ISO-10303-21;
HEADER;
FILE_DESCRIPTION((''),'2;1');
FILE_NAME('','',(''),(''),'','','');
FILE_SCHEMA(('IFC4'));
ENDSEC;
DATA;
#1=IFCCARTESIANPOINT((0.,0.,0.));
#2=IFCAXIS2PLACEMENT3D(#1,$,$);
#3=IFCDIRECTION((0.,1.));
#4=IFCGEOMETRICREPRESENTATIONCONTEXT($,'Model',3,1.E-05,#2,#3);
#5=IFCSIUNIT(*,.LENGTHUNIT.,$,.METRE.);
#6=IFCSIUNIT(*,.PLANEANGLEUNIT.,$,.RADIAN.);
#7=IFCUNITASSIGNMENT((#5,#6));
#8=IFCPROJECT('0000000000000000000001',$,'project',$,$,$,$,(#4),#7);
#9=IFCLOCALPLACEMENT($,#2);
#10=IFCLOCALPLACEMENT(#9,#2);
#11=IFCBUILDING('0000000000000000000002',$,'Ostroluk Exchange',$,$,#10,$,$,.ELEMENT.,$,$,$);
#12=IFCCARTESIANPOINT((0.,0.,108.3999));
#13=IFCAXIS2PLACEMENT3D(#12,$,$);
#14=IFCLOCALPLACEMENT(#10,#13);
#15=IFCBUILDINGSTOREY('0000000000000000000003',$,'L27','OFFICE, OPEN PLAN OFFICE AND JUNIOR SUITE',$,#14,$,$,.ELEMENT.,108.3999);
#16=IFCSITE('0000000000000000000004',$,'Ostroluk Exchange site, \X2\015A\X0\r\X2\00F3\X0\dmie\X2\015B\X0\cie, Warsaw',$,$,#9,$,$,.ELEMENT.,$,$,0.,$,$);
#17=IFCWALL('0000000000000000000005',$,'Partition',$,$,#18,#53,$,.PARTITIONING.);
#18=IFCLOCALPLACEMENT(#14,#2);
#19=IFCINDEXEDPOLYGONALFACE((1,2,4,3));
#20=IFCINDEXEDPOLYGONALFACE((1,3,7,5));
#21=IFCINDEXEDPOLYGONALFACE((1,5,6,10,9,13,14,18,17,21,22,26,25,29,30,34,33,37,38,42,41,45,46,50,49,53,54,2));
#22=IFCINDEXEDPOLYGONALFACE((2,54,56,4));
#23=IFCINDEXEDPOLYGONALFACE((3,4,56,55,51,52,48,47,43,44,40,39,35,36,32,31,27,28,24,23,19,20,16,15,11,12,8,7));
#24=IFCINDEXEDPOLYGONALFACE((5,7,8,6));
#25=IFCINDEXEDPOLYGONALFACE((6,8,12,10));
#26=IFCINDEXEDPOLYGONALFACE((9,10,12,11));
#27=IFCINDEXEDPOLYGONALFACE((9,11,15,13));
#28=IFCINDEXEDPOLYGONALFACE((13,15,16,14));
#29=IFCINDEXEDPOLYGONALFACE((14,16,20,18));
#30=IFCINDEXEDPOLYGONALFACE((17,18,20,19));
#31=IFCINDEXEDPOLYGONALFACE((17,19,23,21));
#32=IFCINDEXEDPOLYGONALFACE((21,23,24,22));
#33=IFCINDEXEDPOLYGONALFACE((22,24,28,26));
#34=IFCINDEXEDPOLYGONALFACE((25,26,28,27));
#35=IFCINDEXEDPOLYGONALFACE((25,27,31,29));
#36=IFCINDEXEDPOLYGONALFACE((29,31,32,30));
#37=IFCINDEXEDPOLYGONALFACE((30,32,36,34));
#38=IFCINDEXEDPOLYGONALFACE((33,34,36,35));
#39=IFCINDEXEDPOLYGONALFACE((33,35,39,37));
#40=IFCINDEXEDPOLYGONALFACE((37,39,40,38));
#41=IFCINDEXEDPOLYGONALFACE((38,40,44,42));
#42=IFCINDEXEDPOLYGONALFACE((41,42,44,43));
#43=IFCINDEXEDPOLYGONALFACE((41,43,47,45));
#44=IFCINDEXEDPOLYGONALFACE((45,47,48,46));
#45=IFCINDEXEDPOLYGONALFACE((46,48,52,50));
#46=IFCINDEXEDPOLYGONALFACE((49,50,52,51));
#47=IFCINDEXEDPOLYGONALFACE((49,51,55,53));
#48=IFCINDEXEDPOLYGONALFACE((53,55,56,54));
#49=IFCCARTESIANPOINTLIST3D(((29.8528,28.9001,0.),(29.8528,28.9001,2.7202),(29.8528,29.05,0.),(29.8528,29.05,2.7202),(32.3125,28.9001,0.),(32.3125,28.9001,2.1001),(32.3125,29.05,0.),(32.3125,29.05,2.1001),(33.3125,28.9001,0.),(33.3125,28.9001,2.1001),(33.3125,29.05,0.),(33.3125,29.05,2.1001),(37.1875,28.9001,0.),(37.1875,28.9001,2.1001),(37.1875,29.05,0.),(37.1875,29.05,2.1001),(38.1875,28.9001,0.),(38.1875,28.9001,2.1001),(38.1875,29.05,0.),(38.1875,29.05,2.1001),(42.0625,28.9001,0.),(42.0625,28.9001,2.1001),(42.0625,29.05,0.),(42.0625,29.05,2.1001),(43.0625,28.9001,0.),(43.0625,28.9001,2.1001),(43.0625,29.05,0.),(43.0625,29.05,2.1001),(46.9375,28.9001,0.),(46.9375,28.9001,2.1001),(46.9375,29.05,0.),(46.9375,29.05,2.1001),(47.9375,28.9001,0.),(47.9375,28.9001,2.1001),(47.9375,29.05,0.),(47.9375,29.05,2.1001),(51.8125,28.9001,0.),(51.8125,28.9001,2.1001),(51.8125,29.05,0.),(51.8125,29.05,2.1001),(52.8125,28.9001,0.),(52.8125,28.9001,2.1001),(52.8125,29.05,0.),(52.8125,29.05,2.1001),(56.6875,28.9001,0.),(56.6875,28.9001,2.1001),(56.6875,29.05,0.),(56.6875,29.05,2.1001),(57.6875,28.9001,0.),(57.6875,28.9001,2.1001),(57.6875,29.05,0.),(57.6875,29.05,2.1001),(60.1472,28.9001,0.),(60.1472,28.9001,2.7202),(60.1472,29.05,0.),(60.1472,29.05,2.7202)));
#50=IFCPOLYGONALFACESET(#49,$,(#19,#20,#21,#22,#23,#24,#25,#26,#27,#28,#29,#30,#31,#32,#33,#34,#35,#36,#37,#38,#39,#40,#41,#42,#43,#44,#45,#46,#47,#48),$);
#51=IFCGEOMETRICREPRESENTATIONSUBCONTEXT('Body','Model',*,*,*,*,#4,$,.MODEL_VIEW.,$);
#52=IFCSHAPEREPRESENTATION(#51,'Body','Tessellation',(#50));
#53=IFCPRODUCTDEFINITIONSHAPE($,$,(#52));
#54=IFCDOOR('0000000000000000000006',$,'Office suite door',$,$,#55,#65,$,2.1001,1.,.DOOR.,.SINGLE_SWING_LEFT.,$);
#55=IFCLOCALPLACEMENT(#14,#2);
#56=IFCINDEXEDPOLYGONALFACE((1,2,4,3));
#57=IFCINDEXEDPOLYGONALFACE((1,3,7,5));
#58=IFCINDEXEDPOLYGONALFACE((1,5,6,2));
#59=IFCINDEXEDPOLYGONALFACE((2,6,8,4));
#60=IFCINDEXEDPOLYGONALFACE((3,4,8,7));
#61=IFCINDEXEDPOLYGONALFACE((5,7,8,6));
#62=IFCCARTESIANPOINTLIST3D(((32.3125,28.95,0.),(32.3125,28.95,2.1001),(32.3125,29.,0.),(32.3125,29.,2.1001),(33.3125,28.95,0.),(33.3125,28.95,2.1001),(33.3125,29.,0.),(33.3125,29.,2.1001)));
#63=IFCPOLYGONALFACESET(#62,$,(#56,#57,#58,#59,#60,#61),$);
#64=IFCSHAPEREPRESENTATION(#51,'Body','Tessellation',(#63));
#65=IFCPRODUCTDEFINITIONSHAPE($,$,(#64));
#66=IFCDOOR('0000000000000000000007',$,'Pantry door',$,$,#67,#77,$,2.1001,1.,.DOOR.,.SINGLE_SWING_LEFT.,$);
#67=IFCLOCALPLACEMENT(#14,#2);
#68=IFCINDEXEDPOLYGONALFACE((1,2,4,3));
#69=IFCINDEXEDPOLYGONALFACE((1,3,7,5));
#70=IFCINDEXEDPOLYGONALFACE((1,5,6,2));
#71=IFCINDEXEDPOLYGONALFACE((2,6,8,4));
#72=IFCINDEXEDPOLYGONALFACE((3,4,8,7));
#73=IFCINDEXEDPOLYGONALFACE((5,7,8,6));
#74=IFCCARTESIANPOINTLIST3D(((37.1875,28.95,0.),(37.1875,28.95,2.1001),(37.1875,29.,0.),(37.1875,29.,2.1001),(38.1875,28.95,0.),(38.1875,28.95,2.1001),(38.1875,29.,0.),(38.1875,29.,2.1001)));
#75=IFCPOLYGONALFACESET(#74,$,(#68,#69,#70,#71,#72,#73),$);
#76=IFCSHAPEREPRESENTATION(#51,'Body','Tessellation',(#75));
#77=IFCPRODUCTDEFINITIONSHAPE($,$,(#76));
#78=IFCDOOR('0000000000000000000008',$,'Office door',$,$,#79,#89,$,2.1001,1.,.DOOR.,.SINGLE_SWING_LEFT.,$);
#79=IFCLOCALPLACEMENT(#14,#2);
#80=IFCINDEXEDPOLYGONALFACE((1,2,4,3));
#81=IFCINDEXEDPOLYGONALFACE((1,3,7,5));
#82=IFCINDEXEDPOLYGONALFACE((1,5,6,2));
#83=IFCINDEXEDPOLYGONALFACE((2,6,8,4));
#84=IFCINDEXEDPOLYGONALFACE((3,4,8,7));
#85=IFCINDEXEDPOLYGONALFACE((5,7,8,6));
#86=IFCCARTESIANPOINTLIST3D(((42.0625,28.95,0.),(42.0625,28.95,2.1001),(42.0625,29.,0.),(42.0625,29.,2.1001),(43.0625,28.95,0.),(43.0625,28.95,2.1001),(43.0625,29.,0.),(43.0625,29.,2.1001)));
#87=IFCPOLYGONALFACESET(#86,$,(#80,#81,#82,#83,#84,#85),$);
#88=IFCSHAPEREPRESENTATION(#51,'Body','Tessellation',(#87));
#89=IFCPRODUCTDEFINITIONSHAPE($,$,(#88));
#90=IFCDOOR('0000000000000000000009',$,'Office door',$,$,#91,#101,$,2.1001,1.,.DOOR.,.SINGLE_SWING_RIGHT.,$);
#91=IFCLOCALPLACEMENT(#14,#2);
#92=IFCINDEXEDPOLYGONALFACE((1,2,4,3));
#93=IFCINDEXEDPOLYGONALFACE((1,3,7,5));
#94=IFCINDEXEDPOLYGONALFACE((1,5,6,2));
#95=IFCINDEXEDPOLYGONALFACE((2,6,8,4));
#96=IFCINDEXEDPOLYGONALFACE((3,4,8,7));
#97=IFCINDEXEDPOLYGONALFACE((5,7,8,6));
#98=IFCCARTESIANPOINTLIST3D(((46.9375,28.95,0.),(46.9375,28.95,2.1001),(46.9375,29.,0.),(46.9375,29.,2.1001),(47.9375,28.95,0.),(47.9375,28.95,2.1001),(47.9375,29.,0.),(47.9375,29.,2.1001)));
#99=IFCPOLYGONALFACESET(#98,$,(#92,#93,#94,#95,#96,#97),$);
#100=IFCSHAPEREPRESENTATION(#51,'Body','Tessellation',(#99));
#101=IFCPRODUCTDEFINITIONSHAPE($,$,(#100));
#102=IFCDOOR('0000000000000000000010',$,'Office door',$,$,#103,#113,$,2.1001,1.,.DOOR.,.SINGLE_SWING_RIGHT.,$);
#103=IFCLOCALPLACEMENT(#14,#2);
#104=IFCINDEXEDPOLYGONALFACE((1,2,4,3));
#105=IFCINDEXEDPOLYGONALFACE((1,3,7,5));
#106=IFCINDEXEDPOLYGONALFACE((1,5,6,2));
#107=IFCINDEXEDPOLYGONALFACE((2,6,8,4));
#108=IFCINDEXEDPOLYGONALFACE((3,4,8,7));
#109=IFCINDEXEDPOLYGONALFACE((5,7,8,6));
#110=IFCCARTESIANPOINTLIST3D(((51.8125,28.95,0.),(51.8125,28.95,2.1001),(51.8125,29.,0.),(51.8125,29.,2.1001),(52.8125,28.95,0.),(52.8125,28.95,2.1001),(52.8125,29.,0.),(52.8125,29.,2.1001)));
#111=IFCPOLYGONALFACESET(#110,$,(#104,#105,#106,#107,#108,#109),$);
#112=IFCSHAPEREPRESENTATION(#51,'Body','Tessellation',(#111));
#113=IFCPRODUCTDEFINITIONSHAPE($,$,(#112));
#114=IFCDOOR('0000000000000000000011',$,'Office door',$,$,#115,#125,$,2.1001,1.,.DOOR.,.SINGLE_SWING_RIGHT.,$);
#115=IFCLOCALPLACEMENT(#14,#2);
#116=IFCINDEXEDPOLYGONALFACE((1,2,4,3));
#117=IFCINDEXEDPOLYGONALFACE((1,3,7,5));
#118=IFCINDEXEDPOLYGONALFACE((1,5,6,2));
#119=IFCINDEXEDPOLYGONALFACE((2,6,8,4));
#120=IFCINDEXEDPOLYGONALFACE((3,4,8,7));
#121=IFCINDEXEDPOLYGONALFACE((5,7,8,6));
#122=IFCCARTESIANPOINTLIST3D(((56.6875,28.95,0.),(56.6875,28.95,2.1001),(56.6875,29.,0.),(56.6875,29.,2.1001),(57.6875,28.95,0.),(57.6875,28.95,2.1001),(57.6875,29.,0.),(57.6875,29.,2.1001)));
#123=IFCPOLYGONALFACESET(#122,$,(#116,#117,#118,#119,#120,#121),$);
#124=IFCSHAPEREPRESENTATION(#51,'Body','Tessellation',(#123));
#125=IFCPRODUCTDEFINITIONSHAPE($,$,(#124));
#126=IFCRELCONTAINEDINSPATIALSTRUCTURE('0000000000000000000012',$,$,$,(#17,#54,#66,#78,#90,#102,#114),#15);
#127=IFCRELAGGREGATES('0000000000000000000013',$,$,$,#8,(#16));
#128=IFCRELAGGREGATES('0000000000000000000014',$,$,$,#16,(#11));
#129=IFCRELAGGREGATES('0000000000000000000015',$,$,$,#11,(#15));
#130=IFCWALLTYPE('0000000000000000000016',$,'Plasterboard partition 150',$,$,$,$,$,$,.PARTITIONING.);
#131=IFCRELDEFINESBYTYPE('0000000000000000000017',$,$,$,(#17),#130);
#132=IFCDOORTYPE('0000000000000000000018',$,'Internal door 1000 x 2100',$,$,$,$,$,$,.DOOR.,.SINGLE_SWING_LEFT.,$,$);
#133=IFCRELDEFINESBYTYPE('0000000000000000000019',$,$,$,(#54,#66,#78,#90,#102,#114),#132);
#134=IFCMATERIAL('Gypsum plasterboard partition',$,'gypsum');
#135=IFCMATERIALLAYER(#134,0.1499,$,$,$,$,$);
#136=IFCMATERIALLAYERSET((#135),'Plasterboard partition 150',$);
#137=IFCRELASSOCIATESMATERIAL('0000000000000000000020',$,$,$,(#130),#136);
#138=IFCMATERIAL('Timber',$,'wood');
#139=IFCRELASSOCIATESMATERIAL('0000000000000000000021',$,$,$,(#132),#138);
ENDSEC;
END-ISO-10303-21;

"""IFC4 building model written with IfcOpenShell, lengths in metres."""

from ifc_helpers import new_model, si_unit, direction, frame, frame_2d, origin, place, context, subcontext, project, spatial, rectangle, extrude, material, layer, layer_set, type_object, element, fill, save


model = new_model("IFC4")

# Units and contexts
model_context = context("Model", 3, precision=1e-05, world=origin(), true_north=direction((0.0, 1.0)))
body_context = subcontext(model_context, "Body", "Model", "MODEL_VIEW")
ifc_project = project(units=[si_unit("LENGTHUNIT", "METRE"), si_unit("PLANEANGLEUNIT", "RADIAN")], contexts=[model_context])

# Site, building, storey
site_placement = place(None, origin())
site = spatial("IfcSite", under=ifc_project, at=site_placement, Name="Ostroluk Exchange site, Śródmieście, Warsaw", CompositionType="ELEMENT", RefElevation=0.0)
building_placement = place(site_placement, origin())
building = spatial("IfcBuilding", under=site, at=building_placement, Name="Ostroluk Exchange", CompositionType="ELEMENT")
storey_placement = place(building_placement, frame((0.0, 0.0, 108.3999)))
storey = spatial("IfcBuildingStorey", under=building, at=storey_placement, Name="L27", Description="OFFICE, OPEN PLAN OFFICE AND JUNIOR SUITE", CompositionType="ELEMENT", Elevation=108.3999)

# Shared definitions
ifc_material_1 = material(Name="Gypsum plasterboard partition", Category="gypsum")
ifc_layer = layer(ifc_material_1, 0.1499)
ifc_layer_set = layer_set([ifc_layer], Name="Plasterboard partition 150")
wall_type = type_object("IfcWallType", Name="Plasterboard partition 150", PredefinedType="PARTITIONING", material=ifc_layer_set)
ifc_material_2 = material(Name="Timber", Category="wood")
door_type = type_object("IfcDoorType", Name="Internal door 1000 x 2100", OperationType="SINGLE_SWING_LEFT", PredefinedType="DOOR", material=ifc_material_2)

# Wall, openings, doors
wall_1_placement = place(storey_placement, frame((29.8528, 28.9751, 0.0), z_axis=(0.0, 0.0, 1.0), x_axis=(1.0, 0.0, 0.0)))
wall_1 = element("IfcWall", 1, at=wall_1_placement, inside=storey, type_object=wall_type, Name="Partition", PredefinedType="PARTITIONING", context=body_context, shape_type="SweptSolid", body=[
    extrude(rectangle(XDim=30.2944, YDim=0.1499, at=frame_2d((15.1472, 0.0))), origin(), (0.0, 0.0, 1.0), 2.7202),
])
opening_1_placement = place(wall_1_placement, frame((2.4597, 0.0, 0.0)))
opening_1 = element("IfcOpeningElement", 2, at=opening_1_placement, cuts=wall_1, PredefinedType="OPENING", context=body_context, shape_type="SweptSolid", body=[
    extrude(rectangle(XDim=1.0, YDim=2.1001, at=frame_2d((0.5, 1.05))), frame((0.0, 0.085, 0.0), z_axis=(0.0, -1.0, 0.0), x_axis=(1.0, 0.0, 0.0)), (0.0, 0.0, 1.0), 0.1699),
])
opening_2_placement = place(wall_1_placement, frame((7.3347, 0.0, 0.0)))
opening_2 = element("IfcOpeningElement", 3, at=opening_2_placement, cuts=wall_1, PredefinedType="OPENING", context=body_context, shape_type="SweptSolid", body=[
    extrude(rectangle(XDim=1.0, YDim=2.1001, at=frame_2d((0.5, 1.05))), frame((0.0, 0.085, 0.0), z_axis=(0.0, -1.0, 0.0), x_axis=(1.0, 0.0, 0.0)), (0.0, 0.0, 1.0), 0.1699),
])
opening_3_placement = place(wall_1_placement, frame((12.2097, 0.0, 0.0)))
opening_3 = element("IfcOpeningElement", 4, at=opening_3_placement, cuts=wall_1, PredefinedType="OPENING", context=body_context, shape_type="SweptSolid", body=[
    extrude(rectangle(XDim=1.0, YDim=2.1001, at=frame_2d((0.5, 1.05))), frame((0.0, 0.085, 0.0), z_axis=(0.0, -1.0, 0.0), x_axis=(1.0, 0.0, 0.0)), (0.0, 0.0, 1.0), 0.1699),
])
opening_4_placement = place(wall_1_placement, frame((17.0847, 0.0, 0.0)))
opening_4 = element("IfcOpeningElement", 5, at=opening_4_placement, cuts=wall_1, PredefinedType="OPENING", context=body_context, shape_type="SweptSolid", body=[
    extrude(rectangle(XDim=1.0, YDim=2.1001, at=frame_2d((0.5, 1.05))), frame((0.0, 0.085, 0.0), z_axis=(0.0, -1.0, 0.0), x_axis=(1.0, 0.0, 0.0)), (0.0, 0.0, 1.0), 0.1699),
])
opening_5_placement = place(wall_1_placement, frame((21.9597, 0.0, 0.0)))
opening_5 = element("IfcOpeningElement", 6, at=opening_5_placement, cuts=wall_1, PredefinedType="OPENING", context=body_context, shape_type="SweptSolid", body=[
    extrude(rectangle(XDim=1.0, YDim=2.1001, at=frame_2d((0.5, 1.05))), frame((0.0, 0.085, 0.0), z_axis=(0.0, -1.0, 0.0), x_axis=(1.0, 0.0, 0.0)), (0.0, 0.0, 1.0), 0.1699),
])
opening_6_placement = place(wall_1_placement, frame((26.8347, 0.0, 0.0)))
opening_6 = element("IfcOpeningElement", 7, at=opening_6_placement, cuts=wall_1, PredefinedType="OPENING", context=body_context, shape_type="SweptSolid", body=[
    extrude(rectangle(XDim=1.0, YDim=2.1001, at=frame_2d((0.5, 1.05))), frame((0.0, 0.085, 0.0), z_axis=(0.0, -1.0, 0.0), x_axis=(1.0, 0.0, 0.0)), (0.0, 0.0, 1.0), 0.1699),
])
door_1_placement = place(opening_1_placement, origin())
door_1 = element("IfcDoor", 8, at=door_1_placement, inside=storey, type_object=door_type, Name="Office suite door", OperationType="SINGLE_SWING_LEFT", OverallHeight=2.1001, OverallWidth=1.0, PredefinedType="DOOR", context=body_context, shape_type="SweptSolid", body=[
    extrude(rectangle(XDim=1.0, YDim=2.1001, at=frame_2d((0.5, 1.05))), frame((0.0, 0.0249, 0.0), z_axis=(0.0, -1.0, 0.0), x_axis=(1.0, 0.0, 0.0)), (0.0, 0.0, 1.0), 0.05),
])
fill(opening_1, door_1)
door_2_placement = place(opening_2_placement, origin())
door_2 = element("IfcDoor", 9, at=door_2_placement, inside=storey, type_object=door_type, Name="Pantry door", OperationType="SINGLE_SWING_LEFT", OverallHeight=2.1001, OverallWidth=1.0, PredefinedType="DOOR", context=body_context, shape_type="SweptSolid", body=[
    extrude(rectangle(XDim=1.0, YDim=2.1001, at=frame_2d((0.5, 1.05))), frame((0.0, 0.0249, 0.0), z_axis=(0.0, -1.0, 0.0), x_axis=(1.0, 0.0, 0.0)), (0.0, 0.0, 1.0), 0.05),
])
fill(opening_2, door_2)
door_3_placement = place(opening_3_placement, origin())
door_3 = element("IfcDoor", 10, at=door_3_placement, inside=storey, type_object=door_type, Name="Office door", OperationType="SINGLE_SWING_LEFT", OverallHeight=2.1001, OverallWidth=1.0, PredefinedType="DOOR", context=body_context, shape_type="SweptSolid", body=[
    extrude(rectangle(XDim=1.0, YDim=2.1001, at=frame_2d((0.5, 1.05))), frame((0.0, 0.0249, 0.0), z_axis=(0.0, -1.0, 0.0), x_axis=(1.0, 0.0, 0.0)), (0.0, 0.0, 1.0), 0.05),
])
fill(opening_3, door_3)
door_4_placement = place(opening_4_placement, origin())
door_4 = element("IfcDoor", 11, at=door_4_placement, inside=storey, type_object=door_type, Name="Office door", OperationType="SINGLE_SWING_RIGHT", OverallHeight=2.1001, OverallWidth=1.0, PredefinedType="DOOR", context=body_context, shape_type="SweptSolid", body=[
    extrude(rectangle(XDim=1.0, YDim=2.1001, at=frame_2d((0.5, 1.05))), frame((0.0, 0.0249, 0.0), z_axis=(0.0, -1.0, 0.0), x_axis=(1.0, 0.0, 0.0)), (0.0, 0.0, 1.0), 0.05),
])
fill(opening_4, door_4)
door_5_placement = place(opening_5_placement, origin())
door_5 = element("IfcDoor", 12, at=door_5_placement, inside=storey, type_object=door_type, Name="Office door", OperationType="SINGLE_SWING_RIGHT", OverallHeight=2.1001, OverallWidth=1.0, PredefinedType="DOOR", context=body_context, shape_type="SweptSolid", body=[
    extrude(rectangle(XDim=1.0, YDim=2.1001, at=frame_2d((0.5, 1.05))), frame((0.0, 0.0249, 0.0), z_axis=(0.0, -1.0, 0.0), x_axis=(1.0, 0.0, 0.0)), (0.0, 0.0, 1.0), 0.05),
])
fill(opening_5, door_5)
door_6_placement = place(opening_6_placement, origin())
door_6 = element("IfcDoor", 13, at=door_6_placement, inside=storey, type_object=door_type, Name="Office door", OperationType="SINGLE_SWING_RIGHT", OverallHeight=2.1001, OverallWidth=1.0, PredefinedType="DOOR", context=body_context, shape_type="SweptSolid", body=[
    extrude(rectangle(XDim=1.0, YDim=2.1001, at=frame_2d((0.5, 1.05))), frame((0.0, 0.0249, 0.0), z_axis=(0.0, -1.0, 0.0), x_axis=(1.0, 0.0, 0.0)), (0.0, 0.0, 1.0), 0.05),
])
fill(opening_6, door_6)

save(model, "model.ifc")
